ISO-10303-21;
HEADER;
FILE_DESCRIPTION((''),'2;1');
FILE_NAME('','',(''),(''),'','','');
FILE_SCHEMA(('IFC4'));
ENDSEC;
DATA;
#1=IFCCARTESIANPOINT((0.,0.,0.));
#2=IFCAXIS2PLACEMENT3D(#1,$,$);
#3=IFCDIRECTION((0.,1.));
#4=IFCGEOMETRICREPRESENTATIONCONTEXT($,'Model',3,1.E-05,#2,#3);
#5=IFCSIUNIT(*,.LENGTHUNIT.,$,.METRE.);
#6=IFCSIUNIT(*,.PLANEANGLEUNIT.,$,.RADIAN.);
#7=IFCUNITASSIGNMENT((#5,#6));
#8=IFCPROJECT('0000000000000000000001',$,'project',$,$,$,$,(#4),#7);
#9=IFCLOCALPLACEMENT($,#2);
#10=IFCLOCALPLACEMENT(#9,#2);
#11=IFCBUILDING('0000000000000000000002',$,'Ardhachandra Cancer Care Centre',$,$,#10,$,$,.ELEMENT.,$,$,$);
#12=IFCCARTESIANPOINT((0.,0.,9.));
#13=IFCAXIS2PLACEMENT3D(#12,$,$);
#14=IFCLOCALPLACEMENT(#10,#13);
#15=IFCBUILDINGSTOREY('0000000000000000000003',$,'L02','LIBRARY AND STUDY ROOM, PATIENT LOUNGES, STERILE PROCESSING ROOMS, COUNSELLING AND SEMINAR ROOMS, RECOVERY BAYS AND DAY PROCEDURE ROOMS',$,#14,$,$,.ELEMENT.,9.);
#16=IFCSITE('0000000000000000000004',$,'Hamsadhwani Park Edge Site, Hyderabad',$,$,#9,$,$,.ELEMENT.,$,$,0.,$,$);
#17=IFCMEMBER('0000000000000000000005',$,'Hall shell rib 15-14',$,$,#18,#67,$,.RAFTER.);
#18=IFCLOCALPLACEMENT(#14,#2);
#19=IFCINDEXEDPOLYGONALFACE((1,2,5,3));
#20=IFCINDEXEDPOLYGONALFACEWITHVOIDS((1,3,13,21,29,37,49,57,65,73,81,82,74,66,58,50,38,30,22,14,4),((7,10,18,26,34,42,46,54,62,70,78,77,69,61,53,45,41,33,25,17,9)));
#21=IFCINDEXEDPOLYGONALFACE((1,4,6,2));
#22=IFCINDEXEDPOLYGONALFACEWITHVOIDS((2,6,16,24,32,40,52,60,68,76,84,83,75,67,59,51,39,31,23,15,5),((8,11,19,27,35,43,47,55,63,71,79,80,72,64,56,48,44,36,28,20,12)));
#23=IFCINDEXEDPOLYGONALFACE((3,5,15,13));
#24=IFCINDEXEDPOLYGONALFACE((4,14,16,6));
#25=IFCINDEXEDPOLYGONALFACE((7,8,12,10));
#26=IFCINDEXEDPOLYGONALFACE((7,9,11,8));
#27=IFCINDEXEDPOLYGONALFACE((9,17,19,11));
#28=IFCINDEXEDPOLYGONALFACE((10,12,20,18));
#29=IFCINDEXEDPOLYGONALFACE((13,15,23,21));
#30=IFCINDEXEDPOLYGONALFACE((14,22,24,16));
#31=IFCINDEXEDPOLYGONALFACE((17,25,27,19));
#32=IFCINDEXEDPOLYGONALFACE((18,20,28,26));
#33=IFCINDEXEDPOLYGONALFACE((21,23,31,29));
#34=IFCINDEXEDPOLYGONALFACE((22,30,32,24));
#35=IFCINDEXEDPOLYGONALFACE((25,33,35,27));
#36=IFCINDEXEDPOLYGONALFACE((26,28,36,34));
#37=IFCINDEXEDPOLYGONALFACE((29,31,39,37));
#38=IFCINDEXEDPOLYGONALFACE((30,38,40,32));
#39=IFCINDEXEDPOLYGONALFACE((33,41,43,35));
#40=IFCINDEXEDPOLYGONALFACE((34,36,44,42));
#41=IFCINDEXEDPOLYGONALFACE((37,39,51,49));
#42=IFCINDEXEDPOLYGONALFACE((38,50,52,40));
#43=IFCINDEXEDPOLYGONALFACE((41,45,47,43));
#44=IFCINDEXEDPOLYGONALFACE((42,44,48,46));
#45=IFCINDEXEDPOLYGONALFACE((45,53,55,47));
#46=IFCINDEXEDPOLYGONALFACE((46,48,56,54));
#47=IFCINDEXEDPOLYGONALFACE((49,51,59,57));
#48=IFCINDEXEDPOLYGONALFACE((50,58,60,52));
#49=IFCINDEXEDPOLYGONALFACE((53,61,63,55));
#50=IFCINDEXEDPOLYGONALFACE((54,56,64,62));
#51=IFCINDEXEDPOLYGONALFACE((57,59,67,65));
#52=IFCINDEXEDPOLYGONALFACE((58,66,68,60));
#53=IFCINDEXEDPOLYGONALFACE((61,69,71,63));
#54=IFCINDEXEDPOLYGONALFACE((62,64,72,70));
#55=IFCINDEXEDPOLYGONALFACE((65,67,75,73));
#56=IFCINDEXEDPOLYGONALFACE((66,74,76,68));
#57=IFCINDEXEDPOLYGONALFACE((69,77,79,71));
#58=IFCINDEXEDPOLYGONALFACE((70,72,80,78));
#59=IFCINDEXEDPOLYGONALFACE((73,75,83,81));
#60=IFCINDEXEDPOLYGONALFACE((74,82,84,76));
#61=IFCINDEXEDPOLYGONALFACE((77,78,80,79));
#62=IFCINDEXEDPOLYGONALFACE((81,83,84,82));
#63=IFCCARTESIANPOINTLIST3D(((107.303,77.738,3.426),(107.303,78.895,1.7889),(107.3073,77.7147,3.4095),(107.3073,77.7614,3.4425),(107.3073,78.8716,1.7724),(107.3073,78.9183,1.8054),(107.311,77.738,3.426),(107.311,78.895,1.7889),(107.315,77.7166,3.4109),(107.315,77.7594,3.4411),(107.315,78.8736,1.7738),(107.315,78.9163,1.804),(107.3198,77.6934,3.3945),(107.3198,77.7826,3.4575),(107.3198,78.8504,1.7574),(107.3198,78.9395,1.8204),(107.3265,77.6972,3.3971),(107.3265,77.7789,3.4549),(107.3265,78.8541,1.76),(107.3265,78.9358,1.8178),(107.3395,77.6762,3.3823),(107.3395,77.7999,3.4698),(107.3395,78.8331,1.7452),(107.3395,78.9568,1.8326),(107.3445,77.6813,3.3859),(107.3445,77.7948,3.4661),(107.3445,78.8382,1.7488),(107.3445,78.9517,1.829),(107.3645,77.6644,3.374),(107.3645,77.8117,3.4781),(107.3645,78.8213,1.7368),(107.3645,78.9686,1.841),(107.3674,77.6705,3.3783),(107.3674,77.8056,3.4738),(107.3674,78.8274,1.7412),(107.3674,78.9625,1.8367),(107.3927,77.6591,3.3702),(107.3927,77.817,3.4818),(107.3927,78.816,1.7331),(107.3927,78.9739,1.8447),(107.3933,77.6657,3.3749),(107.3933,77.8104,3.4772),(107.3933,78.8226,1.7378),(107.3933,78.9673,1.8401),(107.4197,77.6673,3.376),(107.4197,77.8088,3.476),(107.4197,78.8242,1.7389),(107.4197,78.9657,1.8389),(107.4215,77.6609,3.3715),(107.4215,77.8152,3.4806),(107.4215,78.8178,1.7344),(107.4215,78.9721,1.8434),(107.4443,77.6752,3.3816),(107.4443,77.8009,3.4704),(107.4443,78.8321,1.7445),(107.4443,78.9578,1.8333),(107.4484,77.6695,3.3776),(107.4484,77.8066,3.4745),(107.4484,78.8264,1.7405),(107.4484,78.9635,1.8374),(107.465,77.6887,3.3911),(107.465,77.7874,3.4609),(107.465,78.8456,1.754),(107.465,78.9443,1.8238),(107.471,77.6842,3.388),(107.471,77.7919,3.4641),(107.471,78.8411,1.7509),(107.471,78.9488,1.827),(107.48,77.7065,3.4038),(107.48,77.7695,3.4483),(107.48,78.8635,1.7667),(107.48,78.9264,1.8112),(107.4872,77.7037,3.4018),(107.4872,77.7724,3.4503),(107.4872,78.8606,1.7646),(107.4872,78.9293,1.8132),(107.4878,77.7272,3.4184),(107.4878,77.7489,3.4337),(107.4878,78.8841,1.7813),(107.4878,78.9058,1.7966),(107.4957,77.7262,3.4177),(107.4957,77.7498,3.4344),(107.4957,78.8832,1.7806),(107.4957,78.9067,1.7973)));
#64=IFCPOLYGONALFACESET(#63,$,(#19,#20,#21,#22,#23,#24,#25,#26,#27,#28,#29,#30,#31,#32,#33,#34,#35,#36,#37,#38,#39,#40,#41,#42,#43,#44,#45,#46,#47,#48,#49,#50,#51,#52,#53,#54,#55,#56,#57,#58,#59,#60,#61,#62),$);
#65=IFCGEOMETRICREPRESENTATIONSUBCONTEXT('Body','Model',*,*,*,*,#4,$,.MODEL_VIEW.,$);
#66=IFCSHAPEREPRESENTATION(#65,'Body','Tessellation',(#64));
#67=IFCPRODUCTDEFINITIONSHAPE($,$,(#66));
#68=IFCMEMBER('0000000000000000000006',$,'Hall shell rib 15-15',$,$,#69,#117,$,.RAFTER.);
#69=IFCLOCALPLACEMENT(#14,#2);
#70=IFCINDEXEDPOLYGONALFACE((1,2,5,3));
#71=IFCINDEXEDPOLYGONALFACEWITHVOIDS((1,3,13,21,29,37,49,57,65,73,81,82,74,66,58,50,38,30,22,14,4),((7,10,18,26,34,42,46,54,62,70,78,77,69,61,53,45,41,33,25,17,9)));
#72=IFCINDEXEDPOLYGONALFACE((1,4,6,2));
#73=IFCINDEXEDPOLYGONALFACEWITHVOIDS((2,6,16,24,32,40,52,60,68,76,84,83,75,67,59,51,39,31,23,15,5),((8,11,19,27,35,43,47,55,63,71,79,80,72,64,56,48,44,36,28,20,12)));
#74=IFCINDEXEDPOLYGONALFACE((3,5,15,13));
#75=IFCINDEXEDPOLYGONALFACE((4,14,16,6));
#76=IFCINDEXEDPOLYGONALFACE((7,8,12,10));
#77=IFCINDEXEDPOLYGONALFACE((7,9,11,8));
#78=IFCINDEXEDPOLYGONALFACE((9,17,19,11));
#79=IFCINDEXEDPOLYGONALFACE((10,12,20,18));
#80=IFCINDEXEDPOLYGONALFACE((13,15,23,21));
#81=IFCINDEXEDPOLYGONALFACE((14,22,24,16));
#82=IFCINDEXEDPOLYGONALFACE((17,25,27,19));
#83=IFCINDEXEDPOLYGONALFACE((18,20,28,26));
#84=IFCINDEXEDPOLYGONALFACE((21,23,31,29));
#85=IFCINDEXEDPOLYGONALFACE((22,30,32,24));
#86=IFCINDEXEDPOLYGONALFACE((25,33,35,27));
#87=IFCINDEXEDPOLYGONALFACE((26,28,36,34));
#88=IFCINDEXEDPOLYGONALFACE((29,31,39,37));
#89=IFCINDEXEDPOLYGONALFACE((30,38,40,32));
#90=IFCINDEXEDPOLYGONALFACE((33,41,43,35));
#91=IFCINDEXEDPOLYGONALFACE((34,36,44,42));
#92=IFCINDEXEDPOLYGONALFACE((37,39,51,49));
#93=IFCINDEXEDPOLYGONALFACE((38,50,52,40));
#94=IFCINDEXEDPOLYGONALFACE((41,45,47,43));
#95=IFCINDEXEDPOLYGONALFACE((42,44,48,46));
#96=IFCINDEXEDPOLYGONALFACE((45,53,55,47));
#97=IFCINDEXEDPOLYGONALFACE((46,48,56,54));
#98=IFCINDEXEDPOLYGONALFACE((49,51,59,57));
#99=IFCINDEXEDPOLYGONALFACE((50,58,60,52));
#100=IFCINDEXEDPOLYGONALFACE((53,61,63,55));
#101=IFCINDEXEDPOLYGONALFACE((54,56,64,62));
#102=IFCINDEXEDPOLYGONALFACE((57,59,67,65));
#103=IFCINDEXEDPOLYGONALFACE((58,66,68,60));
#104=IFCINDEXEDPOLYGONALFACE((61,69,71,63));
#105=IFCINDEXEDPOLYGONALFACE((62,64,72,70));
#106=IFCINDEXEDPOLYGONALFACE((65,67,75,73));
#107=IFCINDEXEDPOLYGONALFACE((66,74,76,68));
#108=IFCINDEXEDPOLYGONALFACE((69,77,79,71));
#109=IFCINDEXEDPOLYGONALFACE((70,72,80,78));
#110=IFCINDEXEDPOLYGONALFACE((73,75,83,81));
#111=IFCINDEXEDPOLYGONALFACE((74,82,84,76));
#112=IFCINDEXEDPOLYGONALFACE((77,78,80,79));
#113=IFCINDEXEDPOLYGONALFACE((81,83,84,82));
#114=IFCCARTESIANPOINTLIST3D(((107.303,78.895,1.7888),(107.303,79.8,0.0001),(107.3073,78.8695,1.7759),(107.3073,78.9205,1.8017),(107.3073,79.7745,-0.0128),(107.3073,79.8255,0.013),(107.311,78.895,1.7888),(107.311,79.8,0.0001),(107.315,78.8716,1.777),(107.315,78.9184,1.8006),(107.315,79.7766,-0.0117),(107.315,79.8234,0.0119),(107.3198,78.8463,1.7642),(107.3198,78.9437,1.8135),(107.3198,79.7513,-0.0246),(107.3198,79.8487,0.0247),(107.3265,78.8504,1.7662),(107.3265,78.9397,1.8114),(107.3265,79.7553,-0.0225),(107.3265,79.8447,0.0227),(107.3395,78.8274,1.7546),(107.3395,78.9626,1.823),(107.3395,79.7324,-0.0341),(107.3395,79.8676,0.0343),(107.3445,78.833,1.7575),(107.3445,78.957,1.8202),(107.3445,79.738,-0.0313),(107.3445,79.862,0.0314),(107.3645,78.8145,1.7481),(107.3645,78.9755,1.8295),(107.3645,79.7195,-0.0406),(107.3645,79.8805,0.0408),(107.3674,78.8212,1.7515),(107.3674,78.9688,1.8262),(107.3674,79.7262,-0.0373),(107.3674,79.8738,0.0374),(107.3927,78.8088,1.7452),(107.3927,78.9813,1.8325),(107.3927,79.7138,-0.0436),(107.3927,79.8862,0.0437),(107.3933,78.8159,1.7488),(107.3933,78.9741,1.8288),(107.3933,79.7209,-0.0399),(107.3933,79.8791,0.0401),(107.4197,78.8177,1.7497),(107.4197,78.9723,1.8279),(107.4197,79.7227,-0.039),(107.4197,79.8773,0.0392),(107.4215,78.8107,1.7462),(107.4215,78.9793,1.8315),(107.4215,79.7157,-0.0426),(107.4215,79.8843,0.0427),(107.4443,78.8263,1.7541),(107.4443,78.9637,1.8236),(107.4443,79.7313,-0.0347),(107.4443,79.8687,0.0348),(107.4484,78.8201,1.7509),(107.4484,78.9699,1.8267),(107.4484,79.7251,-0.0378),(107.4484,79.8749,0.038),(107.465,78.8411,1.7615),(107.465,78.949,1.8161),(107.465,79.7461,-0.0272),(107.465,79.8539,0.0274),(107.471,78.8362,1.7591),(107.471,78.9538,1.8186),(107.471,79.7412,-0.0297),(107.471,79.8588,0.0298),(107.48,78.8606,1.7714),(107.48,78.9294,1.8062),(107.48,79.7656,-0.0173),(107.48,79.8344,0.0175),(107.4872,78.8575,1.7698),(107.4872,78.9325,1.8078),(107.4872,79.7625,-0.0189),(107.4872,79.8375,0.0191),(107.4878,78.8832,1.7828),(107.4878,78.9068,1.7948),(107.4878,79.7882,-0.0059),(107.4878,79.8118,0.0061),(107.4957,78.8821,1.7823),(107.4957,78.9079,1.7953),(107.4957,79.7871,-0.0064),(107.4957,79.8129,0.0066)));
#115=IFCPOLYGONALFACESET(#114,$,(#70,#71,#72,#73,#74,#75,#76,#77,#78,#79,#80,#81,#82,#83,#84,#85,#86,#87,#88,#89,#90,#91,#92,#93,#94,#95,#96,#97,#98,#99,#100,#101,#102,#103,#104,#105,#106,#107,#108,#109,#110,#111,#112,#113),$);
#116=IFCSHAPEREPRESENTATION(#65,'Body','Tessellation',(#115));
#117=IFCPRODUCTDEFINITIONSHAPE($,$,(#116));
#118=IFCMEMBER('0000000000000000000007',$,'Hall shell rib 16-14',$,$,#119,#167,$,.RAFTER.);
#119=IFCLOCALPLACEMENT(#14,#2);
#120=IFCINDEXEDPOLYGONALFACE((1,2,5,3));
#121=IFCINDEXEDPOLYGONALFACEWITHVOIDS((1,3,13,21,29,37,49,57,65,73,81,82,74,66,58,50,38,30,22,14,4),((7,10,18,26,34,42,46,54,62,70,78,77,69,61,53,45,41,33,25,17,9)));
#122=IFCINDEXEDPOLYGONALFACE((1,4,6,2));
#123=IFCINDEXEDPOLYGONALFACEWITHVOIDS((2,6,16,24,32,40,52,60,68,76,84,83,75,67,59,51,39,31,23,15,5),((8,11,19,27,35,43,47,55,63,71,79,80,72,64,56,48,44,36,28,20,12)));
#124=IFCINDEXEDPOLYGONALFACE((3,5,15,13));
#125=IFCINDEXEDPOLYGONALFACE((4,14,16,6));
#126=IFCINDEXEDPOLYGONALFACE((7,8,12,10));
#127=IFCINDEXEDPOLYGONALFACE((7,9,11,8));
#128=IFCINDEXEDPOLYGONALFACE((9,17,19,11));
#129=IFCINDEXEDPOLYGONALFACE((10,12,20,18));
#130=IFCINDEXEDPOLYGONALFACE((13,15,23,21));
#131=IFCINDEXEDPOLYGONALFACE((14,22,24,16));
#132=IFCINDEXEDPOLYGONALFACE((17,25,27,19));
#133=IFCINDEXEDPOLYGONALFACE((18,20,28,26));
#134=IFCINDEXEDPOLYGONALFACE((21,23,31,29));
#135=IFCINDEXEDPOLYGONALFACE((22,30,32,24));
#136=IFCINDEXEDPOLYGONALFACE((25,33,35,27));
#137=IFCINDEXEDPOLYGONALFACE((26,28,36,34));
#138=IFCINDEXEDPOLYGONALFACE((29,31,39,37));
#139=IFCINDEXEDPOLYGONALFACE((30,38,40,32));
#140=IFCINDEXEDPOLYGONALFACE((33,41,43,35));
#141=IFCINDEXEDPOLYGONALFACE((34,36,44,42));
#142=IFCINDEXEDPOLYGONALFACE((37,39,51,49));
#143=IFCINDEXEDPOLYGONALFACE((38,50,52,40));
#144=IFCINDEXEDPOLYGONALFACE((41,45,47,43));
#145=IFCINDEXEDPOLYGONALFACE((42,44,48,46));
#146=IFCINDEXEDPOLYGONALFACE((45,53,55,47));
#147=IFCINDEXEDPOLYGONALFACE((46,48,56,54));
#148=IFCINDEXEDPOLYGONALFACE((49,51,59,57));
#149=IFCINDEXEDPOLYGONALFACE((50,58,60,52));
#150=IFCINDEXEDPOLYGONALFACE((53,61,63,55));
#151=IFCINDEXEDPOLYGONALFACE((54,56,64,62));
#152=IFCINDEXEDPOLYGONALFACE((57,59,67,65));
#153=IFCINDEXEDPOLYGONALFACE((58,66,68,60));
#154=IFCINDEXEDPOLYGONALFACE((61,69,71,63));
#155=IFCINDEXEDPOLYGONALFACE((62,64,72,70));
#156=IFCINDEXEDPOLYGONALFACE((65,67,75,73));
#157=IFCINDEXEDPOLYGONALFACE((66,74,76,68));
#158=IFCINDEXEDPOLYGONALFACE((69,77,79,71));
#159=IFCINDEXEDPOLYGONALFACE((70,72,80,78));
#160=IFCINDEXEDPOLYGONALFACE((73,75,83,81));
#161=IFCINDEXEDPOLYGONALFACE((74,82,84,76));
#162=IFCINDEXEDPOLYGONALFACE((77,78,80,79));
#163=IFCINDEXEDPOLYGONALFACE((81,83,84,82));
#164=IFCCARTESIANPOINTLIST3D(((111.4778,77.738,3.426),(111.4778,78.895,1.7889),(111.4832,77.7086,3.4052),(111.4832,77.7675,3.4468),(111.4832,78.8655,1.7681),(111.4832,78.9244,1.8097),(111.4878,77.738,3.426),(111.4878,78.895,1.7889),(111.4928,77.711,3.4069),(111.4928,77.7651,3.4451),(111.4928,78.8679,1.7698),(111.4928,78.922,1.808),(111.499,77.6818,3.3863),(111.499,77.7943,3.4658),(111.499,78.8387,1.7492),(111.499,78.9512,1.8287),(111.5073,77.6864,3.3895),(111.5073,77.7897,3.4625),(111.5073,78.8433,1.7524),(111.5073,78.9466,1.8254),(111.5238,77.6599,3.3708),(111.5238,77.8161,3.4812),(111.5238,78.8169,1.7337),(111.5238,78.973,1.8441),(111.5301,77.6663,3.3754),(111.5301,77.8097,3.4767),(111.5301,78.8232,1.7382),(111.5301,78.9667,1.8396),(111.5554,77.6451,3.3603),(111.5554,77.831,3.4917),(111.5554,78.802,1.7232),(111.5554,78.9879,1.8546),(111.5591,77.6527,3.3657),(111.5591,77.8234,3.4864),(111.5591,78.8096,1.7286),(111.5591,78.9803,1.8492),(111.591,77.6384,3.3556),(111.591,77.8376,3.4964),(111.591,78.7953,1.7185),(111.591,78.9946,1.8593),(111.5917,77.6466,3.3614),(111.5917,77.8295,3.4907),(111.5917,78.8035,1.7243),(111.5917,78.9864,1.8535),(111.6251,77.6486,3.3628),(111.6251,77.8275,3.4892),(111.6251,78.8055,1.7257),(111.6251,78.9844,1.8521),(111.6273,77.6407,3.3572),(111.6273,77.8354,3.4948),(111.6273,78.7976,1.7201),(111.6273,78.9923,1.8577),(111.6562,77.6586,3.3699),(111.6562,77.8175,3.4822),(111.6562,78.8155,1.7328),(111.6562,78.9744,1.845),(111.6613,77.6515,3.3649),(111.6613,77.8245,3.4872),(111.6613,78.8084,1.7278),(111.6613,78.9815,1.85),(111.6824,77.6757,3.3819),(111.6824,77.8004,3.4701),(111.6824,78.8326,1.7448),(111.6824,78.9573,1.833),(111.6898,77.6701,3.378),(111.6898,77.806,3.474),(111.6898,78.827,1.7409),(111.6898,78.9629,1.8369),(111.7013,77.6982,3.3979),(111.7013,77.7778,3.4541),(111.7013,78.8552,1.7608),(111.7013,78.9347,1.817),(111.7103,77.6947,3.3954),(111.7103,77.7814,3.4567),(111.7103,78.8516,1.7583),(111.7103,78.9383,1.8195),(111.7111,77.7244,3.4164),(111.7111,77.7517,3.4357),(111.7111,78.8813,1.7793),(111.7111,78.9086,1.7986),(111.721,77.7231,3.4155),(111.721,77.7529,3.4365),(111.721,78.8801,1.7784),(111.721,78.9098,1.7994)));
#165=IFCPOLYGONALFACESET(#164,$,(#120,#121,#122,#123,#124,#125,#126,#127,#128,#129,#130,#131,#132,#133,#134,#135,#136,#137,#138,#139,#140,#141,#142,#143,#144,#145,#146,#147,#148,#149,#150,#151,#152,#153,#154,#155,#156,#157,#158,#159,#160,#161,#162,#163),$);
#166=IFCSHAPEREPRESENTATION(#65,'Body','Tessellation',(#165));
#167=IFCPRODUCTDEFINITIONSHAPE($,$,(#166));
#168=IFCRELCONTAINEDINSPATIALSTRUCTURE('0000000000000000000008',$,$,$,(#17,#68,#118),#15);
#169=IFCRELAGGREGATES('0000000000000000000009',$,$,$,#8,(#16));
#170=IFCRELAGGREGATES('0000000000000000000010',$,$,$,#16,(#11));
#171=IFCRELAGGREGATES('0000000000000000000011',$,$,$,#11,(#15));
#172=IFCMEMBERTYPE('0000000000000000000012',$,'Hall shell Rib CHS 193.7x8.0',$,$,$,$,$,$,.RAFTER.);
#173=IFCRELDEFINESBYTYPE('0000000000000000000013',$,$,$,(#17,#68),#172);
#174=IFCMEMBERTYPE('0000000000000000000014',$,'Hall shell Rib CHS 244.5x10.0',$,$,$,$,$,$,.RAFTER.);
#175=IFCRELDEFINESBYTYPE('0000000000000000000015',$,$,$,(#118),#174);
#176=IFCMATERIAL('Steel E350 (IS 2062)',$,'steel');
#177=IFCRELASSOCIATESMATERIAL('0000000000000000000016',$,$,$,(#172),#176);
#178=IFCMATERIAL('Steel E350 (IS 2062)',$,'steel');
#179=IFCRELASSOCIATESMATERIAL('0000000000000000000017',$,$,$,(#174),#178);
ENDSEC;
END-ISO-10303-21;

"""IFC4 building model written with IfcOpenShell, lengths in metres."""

from ifc_helpers import new_model, si_unit, direction, frame, origin, origin_2d, place, context, subcontext, project, spatial, hollow_circle, extrude, material, material_profile, profile_set, type_object, element, save


model = new_model("IFC4")

# Units and contexts
model_context = context("Model", 3, precision=1e-05, world=origin(), true_north=direction((0.0, 1.0)))
body_context = subcontext(model_context, "Body", "Model", "MODEL_VIEW")
ifc_project = project(units=[si_unit("LENGTHUNIT", "METRE"), si_unit("PLANEANGLEUNIT", "RADIAN")], contexts=[model_context])

# Site, building, storey
site_placement = place(None, origin())
site = spatial("IfcSite", under=ifc_project, at=site_placement, Name="Hamsadhwani Park Edge Site, Hyderabad", CompositionType="ELEMENT", RefElevation=0.0)
building_placement = place(site_placement, origin())
building = spatial("IfcBuilding", under=site, at=building_placement, Name="Ardhachandra Cancer Care Centre", CompositionType="ELEMENT")
storey_placement = place(building_placement, frame((0.0, 0.0, 9.0)))
storey = spatial("IfcBuildingStorey", under=building, at=storey_placement, Name="L02", Description="LIBRARY AND STUDY ROOM, PATIENT LOUNGES, STERILE PROCESSING ROOMS, COUNSELLING AND SEMINAR ROOMS, RECOVERY BAYS AND DAY PROCEDURE ROOMS", CompositionType="ELEMENT", Elevation=9.0)

# Members
ifc_material_1 = material(Name="Steel E350 (IS 2062)", Category="steel")
ifc_material_profile_1 = material_profile(ifc_material_1, hollow_circle(Radius=0.0969, WallThickness=0.0081, at=origin_2d()), Name="CHS 193.7x8.0")
ifc_profile_set_1 = profile_set([ifc_material_profile_1], Name="Steel E350 (IS 2062)")
member_type_1 = type_object("IfcMemberType", Name="Hall shell Rib CHS 193.7x8.0", PredefinedType="RAFTER", material=ifc_profile_set_1)
for number, where, z_axis, x_axis, name in (
    (1, (107.3999, 77.738, 3.426), (0.0, 0.577118, -0.816661), (-1.0, 0.0, 0.0), "Hall shell rib 15-14"),
    (2, (107.3999, 78.895, 1.7888), (0.0, 0.451447, -0.892298), (-1.0, 0.0, 0.0), "Hall shell rib 15-15"),
):
    element("IfcMember", number, at=place(storey_placement, frame(where, z_axis=z_axis, x_axis=x_axis)), inside=storey, type_object=member_type_1, Name=name, PredefinedType="RAFTER", context=body_context, shape_type="SweptSolid", body=[
        extrude(hollow_circle(Radius=0.0969, WallThickness=0.0081, at=origin_2d()), origin(), (0.0, 0.0, 1.0), 2.0046),
    ])
ifc_material_2 = material(Name="Steel E350 (IS 2062)", Category="steel")
ifc_material_profile_2 = material_profile(ifc_material_2, hollow_circle(Radius=0.1223, WallThickness=0.01, at=origin_2d()), Name="CHS 244.5x10.0")
ifc_profile_set_2 = profile_set([ifc_material_profile_2], Name="Steel E350 (IS 2062)")
member_type_2 = type_object("IfcMemberType", Name="Hall shell Rib CHS 244.5x10.0", PredefinedType="RAFTER", material=ifc_profile_set_2)
for number, where, z_axis, x_axis, name in (
    (3, (111.6001, 77.738, 3.426), (0.0, 0.577118, -0.816661), (-1.0, 0.0, 0.0), "Hall shell rib 16-14"),
):
    element("IfcMember", number, at=place(storey_placement, frame(where, z_axis=z_axis, x_axis=x_axis)), inside=storey, type_object=member_type_2, Name=name, PredefinedType="RAFTER", context=body_context, shape_type="SweptSolid", body=[
        extrude(hollow_circle(Radius=0.1223, WallThickness=0.01, at=origin_2d()), origin(), (0.0, 0.0, 1.0), 2.0046),
    ])

save(model, "model.ifc")
